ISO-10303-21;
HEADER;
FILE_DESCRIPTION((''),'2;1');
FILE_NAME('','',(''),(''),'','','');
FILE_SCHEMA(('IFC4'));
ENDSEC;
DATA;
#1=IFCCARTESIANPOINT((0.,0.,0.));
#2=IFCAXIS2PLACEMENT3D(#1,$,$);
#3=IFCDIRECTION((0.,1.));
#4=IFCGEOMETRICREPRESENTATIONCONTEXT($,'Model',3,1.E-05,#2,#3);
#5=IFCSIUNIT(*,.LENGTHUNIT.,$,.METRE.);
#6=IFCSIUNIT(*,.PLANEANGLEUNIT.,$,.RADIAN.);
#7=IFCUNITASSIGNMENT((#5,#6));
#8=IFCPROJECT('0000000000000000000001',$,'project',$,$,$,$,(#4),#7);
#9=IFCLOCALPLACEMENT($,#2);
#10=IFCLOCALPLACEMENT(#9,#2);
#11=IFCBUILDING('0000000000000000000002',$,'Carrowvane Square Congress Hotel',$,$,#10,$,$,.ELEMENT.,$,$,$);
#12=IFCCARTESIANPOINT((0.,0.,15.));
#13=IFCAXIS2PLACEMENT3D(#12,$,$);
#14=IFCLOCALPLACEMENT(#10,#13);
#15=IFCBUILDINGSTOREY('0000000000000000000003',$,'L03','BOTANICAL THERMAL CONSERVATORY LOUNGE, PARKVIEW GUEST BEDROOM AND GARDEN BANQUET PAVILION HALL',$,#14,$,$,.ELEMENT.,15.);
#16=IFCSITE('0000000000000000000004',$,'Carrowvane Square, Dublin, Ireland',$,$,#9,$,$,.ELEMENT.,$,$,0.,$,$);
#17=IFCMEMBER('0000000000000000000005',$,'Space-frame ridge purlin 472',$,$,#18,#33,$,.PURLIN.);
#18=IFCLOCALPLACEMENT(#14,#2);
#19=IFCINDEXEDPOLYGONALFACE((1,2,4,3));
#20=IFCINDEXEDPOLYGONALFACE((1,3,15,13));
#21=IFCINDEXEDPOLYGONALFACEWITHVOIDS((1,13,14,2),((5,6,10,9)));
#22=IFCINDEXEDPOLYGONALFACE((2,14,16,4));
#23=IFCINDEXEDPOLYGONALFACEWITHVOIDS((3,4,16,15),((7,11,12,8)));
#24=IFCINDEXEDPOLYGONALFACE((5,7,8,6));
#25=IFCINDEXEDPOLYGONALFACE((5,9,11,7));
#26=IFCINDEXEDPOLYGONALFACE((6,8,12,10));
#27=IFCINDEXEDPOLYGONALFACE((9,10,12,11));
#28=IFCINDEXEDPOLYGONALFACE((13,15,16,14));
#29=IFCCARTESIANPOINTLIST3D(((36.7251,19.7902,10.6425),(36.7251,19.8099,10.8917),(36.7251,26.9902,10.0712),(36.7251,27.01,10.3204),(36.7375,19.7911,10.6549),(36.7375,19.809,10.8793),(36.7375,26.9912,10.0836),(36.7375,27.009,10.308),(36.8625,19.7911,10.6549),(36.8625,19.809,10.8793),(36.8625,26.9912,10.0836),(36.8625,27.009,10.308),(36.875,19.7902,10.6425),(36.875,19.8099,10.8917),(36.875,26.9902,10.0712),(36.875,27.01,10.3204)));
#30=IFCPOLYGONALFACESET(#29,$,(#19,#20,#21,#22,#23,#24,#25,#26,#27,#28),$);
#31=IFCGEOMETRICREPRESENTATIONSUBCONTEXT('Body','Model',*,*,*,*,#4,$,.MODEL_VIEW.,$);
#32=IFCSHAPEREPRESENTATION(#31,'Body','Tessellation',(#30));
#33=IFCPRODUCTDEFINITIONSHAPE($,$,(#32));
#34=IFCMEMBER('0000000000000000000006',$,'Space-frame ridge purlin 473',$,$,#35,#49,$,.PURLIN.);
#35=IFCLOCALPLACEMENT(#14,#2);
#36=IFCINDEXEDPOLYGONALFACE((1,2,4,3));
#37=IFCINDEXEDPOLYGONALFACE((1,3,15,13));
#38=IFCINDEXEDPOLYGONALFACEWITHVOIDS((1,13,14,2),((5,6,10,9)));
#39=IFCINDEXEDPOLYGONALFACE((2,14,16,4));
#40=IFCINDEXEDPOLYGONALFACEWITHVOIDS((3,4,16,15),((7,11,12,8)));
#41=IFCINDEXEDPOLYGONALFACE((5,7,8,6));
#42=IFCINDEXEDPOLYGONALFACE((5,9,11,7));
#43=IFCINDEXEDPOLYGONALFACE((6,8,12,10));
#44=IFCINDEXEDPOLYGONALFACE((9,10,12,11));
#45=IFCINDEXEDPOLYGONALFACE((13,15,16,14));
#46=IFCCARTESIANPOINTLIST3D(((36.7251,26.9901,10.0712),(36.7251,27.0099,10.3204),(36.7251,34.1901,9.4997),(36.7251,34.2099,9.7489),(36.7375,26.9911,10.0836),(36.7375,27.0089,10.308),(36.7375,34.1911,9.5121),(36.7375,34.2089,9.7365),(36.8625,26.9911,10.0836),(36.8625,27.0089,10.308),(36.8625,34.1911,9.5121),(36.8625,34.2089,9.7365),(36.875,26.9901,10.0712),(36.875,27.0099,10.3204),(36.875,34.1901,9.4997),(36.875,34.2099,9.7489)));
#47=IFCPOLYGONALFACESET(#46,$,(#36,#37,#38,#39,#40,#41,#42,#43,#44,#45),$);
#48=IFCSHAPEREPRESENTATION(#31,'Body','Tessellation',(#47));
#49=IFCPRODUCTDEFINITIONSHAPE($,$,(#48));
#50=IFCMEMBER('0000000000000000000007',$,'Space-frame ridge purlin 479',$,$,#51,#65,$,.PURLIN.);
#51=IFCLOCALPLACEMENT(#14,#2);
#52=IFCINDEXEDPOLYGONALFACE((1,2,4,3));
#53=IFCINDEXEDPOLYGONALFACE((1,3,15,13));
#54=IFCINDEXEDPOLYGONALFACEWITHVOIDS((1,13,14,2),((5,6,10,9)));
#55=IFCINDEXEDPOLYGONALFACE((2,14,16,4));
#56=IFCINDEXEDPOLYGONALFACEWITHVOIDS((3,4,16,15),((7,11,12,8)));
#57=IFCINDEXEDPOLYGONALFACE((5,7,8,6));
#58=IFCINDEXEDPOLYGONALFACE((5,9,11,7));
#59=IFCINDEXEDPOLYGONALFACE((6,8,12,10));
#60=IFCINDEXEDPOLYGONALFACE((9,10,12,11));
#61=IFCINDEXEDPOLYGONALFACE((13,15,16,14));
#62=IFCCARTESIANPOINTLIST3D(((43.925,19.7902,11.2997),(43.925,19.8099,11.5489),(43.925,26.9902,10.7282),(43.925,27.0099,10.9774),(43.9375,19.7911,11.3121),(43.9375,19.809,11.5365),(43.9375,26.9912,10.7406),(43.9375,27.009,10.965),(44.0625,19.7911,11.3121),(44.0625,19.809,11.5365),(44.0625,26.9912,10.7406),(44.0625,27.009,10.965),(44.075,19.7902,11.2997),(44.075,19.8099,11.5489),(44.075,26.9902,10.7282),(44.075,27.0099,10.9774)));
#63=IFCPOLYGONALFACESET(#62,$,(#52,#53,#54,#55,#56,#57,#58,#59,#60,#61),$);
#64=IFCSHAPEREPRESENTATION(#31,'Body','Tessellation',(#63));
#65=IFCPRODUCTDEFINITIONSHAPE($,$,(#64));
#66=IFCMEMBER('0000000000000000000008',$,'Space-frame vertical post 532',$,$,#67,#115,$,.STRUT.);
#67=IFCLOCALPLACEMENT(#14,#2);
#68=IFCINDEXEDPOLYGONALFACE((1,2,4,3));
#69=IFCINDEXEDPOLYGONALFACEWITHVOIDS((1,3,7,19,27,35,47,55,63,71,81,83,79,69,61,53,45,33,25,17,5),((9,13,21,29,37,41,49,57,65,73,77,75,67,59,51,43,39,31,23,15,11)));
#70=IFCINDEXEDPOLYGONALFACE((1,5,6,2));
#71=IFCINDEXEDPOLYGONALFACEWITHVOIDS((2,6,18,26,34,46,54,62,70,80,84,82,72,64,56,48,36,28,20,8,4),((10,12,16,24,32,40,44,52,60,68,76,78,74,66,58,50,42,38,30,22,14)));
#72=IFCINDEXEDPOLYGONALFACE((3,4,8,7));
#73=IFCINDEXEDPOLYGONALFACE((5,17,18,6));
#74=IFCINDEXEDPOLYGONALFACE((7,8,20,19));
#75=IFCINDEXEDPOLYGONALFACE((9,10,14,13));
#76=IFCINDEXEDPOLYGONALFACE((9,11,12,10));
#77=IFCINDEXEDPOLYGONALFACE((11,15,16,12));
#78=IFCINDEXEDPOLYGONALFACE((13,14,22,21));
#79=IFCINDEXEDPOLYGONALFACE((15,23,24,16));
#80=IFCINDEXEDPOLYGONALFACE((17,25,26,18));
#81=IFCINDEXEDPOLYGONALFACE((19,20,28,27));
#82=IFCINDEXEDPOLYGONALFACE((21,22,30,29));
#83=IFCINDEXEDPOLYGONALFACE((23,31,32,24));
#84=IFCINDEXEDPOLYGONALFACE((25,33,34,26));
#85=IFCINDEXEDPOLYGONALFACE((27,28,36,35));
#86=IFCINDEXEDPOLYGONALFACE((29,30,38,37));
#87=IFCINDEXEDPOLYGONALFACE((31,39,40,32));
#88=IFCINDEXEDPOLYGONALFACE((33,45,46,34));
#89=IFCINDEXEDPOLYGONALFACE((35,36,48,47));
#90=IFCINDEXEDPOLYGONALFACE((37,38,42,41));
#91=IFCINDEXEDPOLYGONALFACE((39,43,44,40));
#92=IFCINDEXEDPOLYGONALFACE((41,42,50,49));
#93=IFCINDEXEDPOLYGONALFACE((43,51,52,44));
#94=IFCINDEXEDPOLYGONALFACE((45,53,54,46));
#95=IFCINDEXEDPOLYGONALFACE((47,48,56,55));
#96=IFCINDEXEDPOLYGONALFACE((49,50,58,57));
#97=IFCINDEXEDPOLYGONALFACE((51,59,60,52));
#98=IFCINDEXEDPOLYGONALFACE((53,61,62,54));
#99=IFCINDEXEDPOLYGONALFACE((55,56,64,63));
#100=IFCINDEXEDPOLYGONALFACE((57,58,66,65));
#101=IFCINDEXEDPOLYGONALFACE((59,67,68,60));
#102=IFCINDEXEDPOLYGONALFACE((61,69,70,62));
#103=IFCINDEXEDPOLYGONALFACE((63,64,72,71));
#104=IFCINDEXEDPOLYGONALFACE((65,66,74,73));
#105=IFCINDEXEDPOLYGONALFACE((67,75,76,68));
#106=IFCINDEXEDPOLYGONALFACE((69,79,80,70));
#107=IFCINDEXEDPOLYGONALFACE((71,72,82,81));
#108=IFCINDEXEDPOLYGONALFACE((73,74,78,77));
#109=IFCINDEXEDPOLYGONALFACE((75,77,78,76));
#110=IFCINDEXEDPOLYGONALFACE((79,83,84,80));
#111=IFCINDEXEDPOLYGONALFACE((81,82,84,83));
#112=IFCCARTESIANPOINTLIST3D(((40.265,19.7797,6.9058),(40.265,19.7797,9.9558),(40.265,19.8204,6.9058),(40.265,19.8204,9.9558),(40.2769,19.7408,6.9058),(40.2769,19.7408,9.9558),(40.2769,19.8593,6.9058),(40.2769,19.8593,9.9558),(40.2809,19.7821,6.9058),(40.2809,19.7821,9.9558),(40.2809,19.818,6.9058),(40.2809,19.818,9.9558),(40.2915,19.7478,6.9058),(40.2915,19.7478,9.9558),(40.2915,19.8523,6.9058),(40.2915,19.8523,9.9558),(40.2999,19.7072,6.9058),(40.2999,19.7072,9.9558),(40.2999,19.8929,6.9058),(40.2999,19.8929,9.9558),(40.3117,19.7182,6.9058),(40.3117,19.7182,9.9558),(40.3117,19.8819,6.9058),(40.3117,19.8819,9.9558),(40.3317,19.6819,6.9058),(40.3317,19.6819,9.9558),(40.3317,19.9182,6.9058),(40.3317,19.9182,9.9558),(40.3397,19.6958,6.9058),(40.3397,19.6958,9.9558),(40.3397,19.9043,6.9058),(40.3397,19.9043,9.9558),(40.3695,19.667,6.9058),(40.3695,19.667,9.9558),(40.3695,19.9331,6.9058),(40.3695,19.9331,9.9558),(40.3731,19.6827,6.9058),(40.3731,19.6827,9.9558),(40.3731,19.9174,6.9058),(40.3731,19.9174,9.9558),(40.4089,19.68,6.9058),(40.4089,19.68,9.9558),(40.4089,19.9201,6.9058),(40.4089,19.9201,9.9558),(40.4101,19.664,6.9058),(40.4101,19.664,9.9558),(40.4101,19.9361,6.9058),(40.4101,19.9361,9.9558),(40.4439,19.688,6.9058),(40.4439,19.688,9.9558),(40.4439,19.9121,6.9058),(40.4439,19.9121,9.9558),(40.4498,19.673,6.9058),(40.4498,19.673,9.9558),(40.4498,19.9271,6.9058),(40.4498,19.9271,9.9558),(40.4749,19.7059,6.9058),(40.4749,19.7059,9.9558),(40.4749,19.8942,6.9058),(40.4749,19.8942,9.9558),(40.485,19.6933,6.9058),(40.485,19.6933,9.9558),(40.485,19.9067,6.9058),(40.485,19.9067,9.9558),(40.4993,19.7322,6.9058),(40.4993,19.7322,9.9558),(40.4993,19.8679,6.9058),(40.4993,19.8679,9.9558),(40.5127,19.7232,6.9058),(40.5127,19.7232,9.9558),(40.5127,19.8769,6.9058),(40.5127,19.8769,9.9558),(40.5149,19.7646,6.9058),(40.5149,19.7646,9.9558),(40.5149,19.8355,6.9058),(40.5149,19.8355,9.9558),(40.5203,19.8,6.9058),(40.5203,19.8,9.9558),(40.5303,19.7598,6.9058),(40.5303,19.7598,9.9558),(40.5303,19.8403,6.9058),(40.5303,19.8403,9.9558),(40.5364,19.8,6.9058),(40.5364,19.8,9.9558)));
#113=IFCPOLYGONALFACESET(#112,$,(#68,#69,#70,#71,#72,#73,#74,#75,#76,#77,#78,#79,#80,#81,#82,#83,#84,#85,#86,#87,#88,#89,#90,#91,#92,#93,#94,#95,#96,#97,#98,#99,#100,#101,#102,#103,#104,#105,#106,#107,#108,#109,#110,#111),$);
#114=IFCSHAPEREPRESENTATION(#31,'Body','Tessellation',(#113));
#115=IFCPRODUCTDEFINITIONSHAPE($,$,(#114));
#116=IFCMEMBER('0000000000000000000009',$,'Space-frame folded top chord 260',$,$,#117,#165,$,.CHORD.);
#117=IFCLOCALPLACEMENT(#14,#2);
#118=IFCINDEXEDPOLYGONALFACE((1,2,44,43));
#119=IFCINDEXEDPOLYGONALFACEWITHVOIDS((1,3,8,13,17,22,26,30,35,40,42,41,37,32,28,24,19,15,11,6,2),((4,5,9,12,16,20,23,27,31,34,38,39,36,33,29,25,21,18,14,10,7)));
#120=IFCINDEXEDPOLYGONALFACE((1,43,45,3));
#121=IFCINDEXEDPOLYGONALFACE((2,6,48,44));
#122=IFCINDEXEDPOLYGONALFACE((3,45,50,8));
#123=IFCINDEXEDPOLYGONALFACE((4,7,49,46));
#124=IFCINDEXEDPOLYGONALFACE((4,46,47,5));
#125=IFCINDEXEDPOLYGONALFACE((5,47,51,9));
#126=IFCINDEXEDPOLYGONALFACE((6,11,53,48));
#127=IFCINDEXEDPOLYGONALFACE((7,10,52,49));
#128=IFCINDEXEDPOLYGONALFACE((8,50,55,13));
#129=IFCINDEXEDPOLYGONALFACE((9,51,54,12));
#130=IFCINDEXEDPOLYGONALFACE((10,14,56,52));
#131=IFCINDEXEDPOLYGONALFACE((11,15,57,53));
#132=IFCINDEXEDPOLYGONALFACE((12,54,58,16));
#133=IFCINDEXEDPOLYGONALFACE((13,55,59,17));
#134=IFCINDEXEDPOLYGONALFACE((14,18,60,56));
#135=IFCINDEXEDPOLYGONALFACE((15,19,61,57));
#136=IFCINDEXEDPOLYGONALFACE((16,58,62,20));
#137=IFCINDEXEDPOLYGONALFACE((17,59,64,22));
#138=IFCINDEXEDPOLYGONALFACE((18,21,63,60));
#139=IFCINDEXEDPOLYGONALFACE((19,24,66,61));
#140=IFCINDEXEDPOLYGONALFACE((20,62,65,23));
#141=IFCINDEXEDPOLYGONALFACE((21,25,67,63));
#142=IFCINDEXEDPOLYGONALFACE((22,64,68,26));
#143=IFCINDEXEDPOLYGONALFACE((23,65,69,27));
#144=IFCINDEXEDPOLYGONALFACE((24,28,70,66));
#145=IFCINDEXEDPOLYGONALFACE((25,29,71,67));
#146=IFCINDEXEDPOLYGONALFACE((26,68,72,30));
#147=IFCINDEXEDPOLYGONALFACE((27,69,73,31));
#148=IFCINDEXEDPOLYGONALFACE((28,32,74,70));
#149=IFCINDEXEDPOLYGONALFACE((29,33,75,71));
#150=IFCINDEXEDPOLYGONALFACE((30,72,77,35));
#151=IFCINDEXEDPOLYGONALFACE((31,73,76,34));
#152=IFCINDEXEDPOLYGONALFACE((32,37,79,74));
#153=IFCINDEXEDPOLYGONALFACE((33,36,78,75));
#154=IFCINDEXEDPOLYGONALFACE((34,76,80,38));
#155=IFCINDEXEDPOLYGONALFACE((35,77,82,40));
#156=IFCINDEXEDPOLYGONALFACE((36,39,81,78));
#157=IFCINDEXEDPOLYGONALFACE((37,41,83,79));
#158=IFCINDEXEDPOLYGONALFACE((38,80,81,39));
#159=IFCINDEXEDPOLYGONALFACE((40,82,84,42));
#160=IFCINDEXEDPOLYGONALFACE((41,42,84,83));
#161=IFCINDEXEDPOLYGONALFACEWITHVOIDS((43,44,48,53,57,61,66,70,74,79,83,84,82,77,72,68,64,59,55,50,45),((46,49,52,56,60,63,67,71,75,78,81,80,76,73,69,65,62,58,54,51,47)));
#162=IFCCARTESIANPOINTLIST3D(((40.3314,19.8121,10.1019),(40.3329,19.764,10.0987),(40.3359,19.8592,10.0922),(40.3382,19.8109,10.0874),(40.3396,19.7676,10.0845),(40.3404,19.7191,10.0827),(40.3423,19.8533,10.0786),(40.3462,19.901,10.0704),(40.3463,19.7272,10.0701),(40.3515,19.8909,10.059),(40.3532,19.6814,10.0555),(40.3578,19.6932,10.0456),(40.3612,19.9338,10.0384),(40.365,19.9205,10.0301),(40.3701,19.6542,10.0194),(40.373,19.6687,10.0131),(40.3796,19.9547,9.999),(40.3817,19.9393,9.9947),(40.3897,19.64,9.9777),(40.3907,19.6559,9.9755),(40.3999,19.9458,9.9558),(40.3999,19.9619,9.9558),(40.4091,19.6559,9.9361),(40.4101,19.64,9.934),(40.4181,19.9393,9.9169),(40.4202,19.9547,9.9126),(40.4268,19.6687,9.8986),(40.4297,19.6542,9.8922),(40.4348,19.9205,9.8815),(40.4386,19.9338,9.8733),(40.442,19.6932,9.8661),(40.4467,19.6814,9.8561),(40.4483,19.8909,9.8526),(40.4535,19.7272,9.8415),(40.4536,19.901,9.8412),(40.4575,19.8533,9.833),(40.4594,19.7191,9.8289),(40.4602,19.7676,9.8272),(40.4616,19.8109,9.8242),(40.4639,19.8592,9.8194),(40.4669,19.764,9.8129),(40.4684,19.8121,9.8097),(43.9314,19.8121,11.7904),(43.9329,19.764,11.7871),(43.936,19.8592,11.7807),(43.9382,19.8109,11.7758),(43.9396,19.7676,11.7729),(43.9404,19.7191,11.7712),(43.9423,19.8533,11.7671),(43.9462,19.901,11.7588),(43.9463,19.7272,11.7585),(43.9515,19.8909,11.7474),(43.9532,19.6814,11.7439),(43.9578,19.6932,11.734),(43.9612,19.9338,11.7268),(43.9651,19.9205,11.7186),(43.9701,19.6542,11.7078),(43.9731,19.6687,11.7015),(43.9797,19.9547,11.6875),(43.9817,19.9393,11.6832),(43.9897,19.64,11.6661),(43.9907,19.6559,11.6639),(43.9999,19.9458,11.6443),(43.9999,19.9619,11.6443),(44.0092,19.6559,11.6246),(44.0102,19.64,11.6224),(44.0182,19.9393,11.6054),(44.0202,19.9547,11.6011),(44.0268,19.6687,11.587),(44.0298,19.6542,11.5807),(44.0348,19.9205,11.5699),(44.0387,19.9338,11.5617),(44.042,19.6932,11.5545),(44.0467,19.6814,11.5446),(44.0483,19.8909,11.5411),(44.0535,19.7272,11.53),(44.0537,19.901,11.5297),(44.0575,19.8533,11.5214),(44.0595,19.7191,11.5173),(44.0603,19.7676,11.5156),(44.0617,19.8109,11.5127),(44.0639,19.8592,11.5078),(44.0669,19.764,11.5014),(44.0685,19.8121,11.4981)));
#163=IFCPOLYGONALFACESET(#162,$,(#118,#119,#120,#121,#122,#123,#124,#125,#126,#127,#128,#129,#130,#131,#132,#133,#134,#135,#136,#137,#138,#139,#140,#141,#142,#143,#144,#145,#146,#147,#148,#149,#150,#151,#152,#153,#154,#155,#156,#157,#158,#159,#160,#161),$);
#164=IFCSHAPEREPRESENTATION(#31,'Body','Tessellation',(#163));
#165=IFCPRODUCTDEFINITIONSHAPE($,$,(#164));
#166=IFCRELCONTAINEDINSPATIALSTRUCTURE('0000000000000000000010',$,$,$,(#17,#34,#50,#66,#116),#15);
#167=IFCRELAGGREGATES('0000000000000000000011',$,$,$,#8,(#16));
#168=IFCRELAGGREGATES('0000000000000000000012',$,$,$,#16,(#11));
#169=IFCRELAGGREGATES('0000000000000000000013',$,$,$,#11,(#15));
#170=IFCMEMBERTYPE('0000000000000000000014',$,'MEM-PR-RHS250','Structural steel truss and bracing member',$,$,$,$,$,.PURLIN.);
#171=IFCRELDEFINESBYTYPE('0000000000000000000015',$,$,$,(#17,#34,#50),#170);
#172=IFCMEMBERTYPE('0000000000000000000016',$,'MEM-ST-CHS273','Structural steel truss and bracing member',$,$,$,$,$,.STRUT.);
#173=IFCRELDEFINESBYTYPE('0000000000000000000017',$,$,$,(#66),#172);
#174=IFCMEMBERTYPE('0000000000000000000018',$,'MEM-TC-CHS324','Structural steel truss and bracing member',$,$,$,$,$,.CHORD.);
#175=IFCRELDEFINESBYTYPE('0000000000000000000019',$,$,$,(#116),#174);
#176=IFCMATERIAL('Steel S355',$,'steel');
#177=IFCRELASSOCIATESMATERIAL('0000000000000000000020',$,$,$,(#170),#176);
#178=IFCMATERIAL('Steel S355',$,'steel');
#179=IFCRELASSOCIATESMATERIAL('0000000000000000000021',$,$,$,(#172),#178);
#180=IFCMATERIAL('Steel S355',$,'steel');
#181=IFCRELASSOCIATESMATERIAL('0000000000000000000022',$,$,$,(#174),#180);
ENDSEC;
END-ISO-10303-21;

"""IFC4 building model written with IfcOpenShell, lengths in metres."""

from ifc_helpers import new_model, si_unit, direction, frame, origin, origin_2d, place, context, subcontext, project, spatial, hollow_rectangle, hollow_circle, extrude, material, material_profile, profile_set, type_object, element, save


model = new_model("IFC4")

# Units and contexts
model_context = context("Model", 3, precision=1e-05, world=origin(), true_north=direction((0.0, 1.0)))
body_context = subcontext(model_context, "Body", "Model", "MODEL_VIEW")
ifc_project = project(units=[si_unit("LENGTHUNIT", "METRE"), si_unit("PLANEANGLEUNIT", "RADIAN")], contexts=[model_context])

# Site, building, storey
site_placement = place(None, origin())
site = spatial("IfcSite", under=ifc_project, at=site_placement, Name="Carrowvane Square, Dublin, Ireland", CompositionType="ELEMENT", RefElevation=0.0)
building_placement = place(site_placement, origin())
building = spatial("IfcBuilding", under=site, at=building_placement, Name="Carrowvane Square Congress Hotel", CompositionType="ELEMENT")
storey_placement = place(building_placement, frame((0.0, 0.0, 15.0)))
storey = spatial("IfcBuildingStorey", under=building, at=storey_placement, Name="L03", Description="BOTANICAL THERMAL CONSERVATORY LOUNGE, PARKVIEW GUEST BEDROOM AND GARDEN BANQUET PAVILION HALL", CompositionType="ELEMENT", Elevation=15.0)

# Members
ifc_material_1 = material(Name="Steel S355", Category="steel")
ifc_material_profile_1 = material_profile(ifc_material_1, hollow_rectangle(XDim=0.1499, YDim=0.25, WallThickness=0.0125, at=origin_2d()), Name="RHS 250x150x12.5")
ifc_profile_set_1 = profile_set([ifc_material_profile_1], Name="Steel S355")
member_type_1 = type_object("IfcMemberType", Name="MEM-PR-RHS250", Description="Structural steel truss and bracing member", PredefinedType="PURLIN", material=ifc_profile_set_1)
for number, where, z_axis, x_axis, name in (
    (1, (36.8, 19.8, 10.7671), (0.0, 0.996867, -0.079098), (-1.0, 0.0, 0.0), "Space-frame ridge purlin 472"),
    (2, (36.8, 27.0, 10.1958), (0.0, 0.996864, -0.079131), (-1.0, 0.0, 0.0), "Space-frame ridge purlin 473"),
    (3, (44.0, 19.8, 11.4243), (0.0, 0.996864, -0.079131), (-1.0, 0.0, 0.0), "Space-frame ridge purlin 479"),
):
    element("IfcMember", number, at=place(storey_placement, frame(where, z_axis=z_axis, x_axis=x_axis)), inside=storey, type_object=member_type_1, Name=name, PredefinedType="PURLIN", context=body_context, shape_type="SweptSolid", body=[
        extrude(hollow_rectangle(XDim=0.1499, YDim=0.25, WallThickness=0.0125, at=origin_2d()), origin(), (0.0, 0.0, 1.0), 7.2227),
    ])
ifc_material_2 = material(Name="Steel S355", Category="steel")
ifc_material_profile_2 = material_profile(ifc_material_2, hollow_circle(Radius=0.1365, WallThickness=0.0161, at=origin_2d()), Name="CHS 273.0x16")
ifc_profile_set_2 = profile_set([ifc_material_profile_2], Name="Steel S355")
member_type_2 = type_object("IfcMemberType", Name="MEM-ST-CHS273", Description="Structural steel truss and bracing member", PredefinedType="STRUT", material=ifc_profile_set_2)
member_1_placement = place(storey_placement, frame((40.3999, 19.8, 6.9058), z_axis=(0.0, 0.0, 1.0), x_axis=(1.0, 0.0, 0.0)))
element("IfcMember", 4, at=member_1_placement, inside=storey, type_object=member_type_2, Name="Space-frame vertical post 532", PredefinedType="STRUT", context=body_context, shape_type="SweptSolid", body=[
    extrude(hollow_circle(Radius=0.1365, WallThickness=0.0161, at=origin_2d()), origin(), (0.0, 0.0, 1.0), 3.05),
])
ifc_material_3 = material(Name="Steel S355", Category="steel")
ifc_material_profile_3 = material_profile(ifc_material_3, hollow_circle(Radius=0.1619, WallThickness=0.0161, at=origin_2d()), Name="CHS 323.9x16")
ifc_profile_set_3 = profile_set([ifc_material_profile_3], Name="Steel S355")
member_type_3 = type_object("IfcMemberType", Name="MEM-TC-CHS324", Description="Structural steel truss and bracing member", PredefinedType="CHORD", material=ifc_profile_set_3)
member_2_placement = place(storey_placement, frame((40.3999, 19.8, 9.9558), z_axis=(0.905369, 0.0, 0.424626), x_axis=(0.0, 1.0, 0.0)))
element("IfcMember", 5, at=member_2_placement, inside=storey, type_object=member_type_3, Name="Space-frame folded top chord 260", PredefinedType="CHORD", context=body_context, shape_type="SweptSolid", body=[
    extrude(hollow_circle(Radius=0.1619, WallThickness=0.0161, at=origin_2d()), origin(), (0.0, 0.0, 1.0), 3.9763),
])

save(model, "model.ifc")
